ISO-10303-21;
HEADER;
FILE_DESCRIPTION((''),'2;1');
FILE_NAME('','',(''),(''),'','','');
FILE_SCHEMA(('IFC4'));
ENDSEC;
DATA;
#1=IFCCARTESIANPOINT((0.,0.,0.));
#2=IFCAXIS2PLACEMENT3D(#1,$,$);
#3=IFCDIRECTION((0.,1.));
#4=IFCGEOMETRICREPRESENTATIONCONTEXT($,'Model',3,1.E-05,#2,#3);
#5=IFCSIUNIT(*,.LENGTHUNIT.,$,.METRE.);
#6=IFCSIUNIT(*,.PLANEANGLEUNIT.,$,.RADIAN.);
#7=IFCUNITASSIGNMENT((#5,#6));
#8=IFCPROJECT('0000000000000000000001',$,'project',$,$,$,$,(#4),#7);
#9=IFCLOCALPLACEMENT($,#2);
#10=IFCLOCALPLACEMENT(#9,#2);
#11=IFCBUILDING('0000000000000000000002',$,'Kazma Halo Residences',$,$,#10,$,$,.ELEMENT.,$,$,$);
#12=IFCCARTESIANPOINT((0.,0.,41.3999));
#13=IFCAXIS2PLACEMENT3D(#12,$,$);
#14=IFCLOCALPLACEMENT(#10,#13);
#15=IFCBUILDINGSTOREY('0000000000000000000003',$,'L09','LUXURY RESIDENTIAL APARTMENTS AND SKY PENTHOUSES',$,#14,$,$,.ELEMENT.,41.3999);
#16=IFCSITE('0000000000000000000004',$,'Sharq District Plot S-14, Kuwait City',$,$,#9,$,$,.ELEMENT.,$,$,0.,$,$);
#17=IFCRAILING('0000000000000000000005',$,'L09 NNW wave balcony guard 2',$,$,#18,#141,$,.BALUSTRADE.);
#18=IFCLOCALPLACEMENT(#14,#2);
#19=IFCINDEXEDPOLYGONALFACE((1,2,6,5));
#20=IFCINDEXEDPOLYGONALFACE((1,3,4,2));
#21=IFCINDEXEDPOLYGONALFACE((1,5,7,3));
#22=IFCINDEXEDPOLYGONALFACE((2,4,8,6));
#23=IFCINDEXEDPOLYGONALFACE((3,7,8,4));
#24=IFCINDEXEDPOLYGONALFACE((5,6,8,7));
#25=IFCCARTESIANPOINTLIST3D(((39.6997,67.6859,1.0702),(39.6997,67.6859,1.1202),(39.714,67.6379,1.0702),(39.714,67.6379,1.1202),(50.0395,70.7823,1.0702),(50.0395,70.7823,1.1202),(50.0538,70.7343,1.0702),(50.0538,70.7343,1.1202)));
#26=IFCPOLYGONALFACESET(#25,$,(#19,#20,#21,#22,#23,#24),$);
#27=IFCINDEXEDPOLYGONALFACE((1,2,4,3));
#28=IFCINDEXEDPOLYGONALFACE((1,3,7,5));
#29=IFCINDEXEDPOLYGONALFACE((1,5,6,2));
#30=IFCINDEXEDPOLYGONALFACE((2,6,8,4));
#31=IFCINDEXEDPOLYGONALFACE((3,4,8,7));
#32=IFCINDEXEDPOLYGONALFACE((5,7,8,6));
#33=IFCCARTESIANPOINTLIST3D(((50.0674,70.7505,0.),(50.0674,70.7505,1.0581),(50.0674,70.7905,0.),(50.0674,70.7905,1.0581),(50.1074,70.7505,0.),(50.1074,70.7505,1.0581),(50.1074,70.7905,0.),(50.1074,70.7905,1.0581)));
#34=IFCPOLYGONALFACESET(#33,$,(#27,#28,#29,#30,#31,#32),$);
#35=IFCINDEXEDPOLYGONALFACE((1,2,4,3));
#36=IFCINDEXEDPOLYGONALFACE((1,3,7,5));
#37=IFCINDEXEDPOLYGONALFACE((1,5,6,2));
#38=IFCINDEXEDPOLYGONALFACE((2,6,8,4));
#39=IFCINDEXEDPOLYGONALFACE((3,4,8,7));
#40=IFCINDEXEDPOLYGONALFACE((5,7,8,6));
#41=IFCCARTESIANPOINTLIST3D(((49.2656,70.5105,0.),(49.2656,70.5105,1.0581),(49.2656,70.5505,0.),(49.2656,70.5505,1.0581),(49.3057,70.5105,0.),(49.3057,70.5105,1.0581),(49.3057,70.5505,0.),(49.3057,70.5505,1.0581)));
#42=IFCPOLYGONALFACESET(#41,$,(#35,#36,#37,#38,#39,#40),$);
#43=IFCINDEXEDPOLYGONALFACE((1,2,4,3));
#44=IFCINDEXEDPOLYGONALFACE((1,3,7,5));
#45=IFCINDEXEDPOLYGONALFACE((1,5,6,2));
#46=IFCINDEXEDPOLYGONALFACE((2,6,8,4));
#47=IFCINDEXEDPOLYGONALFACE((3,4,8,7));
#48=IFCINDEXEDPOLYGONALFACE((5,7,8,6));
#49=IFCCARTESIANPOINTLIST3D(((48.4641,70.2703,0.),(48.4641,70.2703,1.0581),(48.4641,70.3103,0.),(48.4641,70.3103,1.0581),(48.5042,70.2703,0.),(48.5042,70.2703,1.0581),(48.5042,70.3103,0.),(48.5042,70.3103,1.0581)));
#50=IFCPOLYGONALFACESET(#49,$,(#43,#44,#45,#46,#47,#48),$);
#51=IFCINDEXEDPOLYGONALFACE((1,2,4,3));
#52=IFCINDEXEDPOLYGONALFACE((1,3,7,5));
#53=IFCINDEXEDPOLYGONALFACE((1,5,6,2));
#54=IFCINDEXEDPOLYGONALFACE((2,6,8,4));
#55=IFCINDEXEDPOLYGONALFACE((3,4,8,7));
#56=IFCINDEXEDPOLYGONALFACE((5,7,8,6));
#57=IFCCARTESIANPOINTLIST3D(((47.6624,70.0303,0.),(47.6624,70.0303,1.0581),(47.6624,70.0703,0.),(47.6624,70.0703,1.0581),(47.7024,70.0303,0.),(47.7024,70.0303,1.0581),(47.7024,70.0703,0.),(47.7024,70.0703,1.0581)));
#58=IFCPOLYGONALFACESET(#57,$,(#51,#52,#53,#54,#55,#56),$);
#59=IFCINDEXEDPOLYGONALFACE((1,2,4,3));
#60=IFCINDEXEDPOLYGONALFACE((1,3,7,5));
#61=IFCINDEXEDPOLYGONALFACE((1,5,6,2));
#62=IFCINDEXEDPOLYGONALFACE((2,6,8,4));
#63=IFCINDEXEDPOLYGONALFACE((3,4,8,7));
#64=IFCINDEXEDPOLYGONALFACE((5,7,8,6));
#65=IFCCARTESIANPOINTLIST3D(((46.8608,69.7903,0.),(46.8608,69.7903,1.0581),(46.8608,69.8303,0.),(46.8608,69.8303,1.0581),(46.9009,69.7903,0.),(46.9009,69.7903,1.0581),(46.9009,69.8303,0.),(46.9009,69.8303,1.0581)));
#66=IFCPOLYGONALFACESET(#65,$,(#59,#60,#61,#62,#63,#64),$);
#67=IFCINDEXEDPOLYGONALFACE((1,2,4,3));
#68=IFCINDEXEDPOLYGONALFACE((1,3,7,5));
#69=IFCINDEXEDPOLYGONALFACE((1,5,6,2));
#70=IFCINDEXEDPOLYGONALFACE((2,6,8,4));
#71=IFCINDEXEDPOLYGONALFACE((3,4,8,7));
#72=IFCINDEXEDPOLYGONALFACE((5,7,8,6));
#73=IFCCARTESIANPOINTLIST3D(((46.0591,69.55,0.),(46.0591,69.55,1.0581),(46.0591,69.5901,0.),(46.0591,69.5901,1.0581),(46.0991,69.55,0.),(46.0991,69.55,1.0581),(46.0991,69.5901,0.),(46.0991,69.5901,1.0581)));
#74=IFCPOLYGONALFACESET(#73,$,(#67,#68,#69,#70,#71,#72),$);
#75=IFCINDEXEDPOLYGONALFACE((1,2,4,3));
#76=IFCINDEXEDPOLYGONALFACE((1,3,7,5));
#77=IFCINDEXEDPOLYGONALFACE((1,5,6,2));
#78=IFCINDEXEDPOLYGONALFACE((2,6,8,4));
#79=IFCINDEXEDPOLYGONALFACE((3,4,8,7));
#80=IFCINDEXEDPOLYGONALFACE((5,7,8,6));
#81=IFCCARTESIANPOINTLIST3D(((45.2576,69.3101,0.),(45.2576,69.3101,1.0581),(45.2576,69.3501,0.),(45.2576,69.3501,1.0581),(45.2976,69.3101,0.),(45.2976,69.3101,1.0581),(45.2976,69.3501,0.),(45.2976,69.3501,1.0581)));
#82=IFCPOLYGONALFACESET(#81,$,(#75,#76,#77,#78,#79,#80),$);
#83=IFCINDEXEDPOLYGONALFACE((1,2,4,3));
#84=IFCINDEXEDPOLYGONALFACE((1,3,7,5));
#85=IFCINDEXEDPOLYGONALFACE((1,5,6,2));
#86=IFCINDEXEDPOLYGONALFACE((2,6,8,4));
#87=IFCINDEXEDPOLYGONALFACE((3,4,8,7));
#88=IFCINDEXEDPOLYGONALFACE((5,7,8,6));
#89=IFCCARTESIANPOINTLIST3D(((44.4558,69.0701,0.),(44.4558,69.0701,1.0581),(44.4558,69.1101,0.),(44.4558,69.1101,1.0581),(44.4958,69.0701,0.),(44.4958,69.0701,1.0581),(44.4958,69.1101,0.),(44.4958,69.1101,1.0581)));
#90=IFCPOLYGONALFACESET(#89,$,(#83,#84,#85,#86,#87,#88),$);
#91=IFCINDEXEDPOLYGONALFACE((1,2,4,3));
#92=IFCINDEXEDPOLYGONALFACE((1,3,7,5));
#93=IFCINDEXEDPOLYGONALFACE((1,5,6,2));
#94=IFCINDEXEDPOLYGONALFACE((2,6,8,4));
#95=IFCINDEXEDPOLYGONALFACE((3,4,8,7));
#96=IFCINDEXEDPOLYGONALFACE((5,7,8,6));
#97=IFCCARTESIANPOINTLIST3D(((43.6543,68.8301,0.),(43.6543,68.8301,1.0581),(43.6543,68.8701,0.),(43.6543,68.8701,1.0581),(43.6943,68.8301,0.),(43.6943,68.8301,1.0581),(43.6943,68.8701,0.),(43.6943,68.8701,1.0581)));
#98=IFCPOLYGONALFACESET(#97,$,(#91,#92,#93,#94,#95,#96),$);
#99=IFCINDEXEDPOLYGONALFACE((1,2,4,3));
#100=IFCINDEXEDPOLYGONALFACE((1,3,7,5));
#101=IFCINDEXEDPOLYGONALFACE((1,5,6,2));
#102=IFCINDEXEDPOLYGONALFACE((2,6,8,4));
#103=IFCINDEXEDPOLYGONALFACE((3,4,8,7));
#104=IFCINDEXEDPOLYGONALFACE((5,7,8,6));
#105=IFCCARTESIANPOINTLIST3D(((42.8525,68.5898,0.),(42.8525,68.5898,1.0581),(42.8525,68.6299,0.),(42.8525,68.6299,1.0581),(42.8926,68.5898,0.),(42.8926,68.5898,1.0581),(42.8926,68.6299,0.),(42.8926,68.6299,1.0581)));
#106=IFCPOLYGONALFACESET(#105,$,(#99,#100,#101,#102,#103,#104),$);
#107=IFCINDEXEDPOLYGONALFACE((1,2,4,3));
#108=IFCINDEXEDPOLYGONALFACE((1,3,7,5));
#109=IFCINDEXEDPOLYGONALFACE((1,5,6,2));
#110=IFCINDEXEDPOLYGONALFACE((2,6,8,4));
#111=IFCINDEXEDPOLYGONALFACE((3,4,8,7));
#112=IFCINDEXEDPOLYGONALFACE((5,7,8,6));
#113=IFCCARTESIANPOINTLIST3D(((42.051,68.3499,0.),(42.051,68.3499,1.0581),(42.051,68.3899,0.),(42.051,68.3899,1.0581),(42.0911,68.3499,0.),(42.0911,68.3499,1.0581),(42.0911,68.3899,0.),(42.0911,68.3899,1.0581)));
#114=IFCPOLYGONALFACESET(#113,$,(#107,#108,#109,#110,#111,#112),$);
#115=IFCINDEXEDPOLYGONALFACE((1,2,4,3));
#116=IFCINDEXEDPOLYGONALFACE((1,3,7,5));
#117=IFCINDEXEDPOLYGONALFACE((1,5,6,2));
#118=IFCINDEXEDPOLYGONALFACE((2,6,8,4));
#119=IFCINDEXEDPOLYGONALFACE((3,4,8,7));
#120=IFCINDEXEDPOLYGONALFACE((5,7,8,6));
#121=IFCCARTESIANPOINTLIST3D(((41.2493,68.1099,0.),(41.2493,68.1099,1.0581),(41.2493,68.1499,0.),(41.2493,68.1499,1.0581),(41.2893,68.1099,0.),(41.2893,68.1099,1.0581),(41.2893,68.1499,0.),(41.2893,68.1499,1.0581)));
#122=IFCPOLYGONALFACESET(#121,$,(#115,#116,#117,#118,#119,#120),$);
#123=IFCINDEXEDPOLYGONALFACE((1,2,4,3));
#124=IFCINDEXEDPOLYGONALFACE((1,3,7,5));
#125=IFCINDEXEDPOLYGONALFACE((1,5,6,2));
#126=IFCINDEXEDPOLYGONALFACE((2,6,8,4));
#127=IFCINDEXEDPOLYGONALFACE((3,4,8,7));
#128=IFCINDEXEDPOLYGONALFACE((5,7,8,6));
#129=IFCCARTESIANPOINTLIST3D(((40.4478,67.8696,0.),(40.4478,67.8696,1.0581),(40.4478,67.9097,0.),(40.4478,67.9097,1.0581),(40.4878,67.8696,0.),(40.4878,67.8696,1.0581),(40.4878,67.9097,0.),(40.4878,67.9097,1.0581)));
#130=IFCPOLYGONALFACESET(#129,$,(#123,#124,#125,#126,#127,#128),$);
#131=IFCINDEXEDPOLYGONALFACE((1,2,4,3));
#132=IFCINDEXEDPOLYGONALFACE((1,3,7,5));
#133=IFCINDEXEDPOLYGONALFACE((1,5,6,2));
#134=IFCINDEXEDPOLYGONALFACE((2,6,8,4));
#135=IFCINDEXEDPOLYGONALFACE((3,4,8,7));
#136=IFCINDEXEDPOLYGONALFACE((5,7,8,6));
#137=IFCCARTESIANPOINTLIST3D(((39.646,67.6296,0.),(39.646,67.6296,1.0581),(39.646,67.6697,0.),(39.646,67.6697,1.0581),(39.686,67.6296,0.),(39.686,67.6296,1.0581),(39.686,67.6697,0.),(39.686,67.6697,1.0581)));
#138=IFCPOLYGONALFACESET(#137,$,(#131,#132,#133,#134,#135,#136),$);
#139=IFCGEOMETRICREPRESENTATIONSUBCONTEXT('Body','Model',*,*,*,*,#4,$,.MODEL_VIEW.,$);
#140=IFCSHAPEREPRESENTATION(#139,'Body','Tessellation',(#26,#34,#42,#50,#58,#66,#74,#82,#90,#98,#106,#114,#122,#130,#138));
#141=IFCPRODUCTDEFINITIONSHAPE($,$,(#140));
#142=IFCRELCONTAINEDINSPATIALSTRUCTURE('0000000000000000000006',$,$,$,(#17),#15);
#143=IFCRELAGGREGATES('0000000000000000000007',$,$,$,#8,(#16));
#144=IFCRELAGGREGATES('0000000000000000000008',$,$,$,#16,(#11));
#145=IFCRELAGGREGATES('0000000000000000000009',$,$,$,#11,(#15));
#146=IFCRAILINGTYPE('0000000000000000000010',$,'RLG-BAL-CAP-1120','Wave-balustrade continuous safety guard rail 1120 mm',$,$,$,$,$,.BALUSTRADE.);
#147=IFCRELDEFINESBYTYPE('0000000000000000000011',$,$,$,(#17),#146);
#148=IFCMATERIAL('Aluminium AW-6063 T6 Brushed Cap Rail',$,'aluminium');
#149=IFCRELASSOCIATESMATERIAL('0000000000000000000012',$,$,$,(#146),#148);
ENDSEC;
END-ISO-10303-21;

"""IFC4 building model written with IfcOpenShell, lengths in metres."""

from ifc_helpers import new_model, si_unit, direction, frame, origin, origin_2d, place, context, subcontext, project, spatial, rectangle, extrude, material, type_object, element, save


model = new_model("IFC4")

# Units and contexts
model_context = context("Model", 3, precision=1e-05, world=origin(), true_north=direction((0.0, 1.0)))
body_context = subcontext(model_context, "Body", "Model", "MODEL_VIEW")
ifc_project = project(units=[si_unit("LENGTHUNIT", "METRE"), si_unit("PLANEANGLEUNIT", "RADIAN")], contexts=[model_context])

# Site, building, storey
site_placement = place(None, origin())
site = spatial("IfcSite", under=ifc_project, at=site_placement, Name="Sharq District Plot S-14, Kuwait City", CompositionType="ELEMENT", RefElevation=0.0)
building_placement = place(site_placement, origin())
building = spatial("IfcBuilding", under=site, at=building_placement, Name="Kazma Halo Residences", CompositionType="ELEMENT")
storey_placement = place(building_placement, frame((0.0, 0.0, 41.3999)))
storey = spatial("IfcBuildingStorey", under=building, at=storey_placement, Name="L09", Description="LUXURY RESIDENTIAL APARTMENTS AND SKY PENTHOUSES", CompositionType="ELEMENT", Elevation=41.3999)

# Railing
ifc_material_1 = material(Name="Aluminium AW-6063 T6 Brushed Cap Rail", Category="aluminium")
railing_type = type_object("IfcRailingType", Name="RLG-BAL-CAP-1120", Description="Wave-balustrade continuous safety guard rail 1120 mm", PredefinedType="BALUSTRADE", material=ifc_material_1)
railing_1_placement = place(storey_placement, frame((50.0874, 70.7705, 0.0)))
element("IfcRailing", 1, at=railing_1_placement, inside=storey, type_object=railing_type, Name="L09 NNW wave balcony guard 2", PredefinedType="BALUSTRADE", context=body_context, shape_type="SweptSolid", body=[
    extrude(rectangle(XDim=0.05, YDim=0.05, at=origin_2d()), frame((-0.0408, -0.0122, 1.0952), z_axis=(-0.957967, -0.286878, 0.0), x_axis=(0.286878, -0.957967, 0.0)), (0.0, 0.0, 1.0), 10.7935),
    extrude(rectangle(XDim=0.04, YDim=0.04, at=origin_2d()), origin(), (0.0, 0.0, 1.0), 1.0581),
    extrude(rectangle(XDim=0.04, YDim=0.04, at=origin_2d()), frame((-0.8018, -0.24, 0.0)), (0.0, 0.0, 1.0), 1.0581),
    extrude(rectangle(XDim=0.04, YDim=0.04, at=origin_2d()), frame((-1.6033, -0.4802, 0.0)), (0.0, 0.0, 1.0), 1.0581),
    extrude(rectangle(XDim=0.04, YDim=0.04, at=origin_2d()), frame((-2.405, -0.7202, 0.0)), (0.0, 0.0, 1.0), 1.0581),
    extrude(rectangle(XDim=0.04, YDim=0.04, at=origin_2d()), frame((-3.2065, -0.9602, 0.0)), (0.0, 0.0, 1.0), 1.0581),
    extrude(rectangle(XDim=0.04, YDim=0.04, at=origin_2d()), frame((-4.0083, -1.2004, 0.0)), (0.0, 0.0, 1.0), 1.0581),
    extrude(rectangle(XDim=0.04, YDim=0.04, at=origin_2d()), frame((-4.8098, -1.4404, 0.0)), (0.0, 0.0, 1.0), 1.0581),
    extrude(rectangle(XDim=0.04, YDim=0.04, at=origin_2d()), frame((-5.6116, -1.6804, 0.0)), (0.0, 0.0, 1.0), 1.0581),
    extrude(rectangle(XDim=0.04, YDim=0.04, at=origin_2d()), frame((-6.4131, -1.9204, 0.0)), (0.0, 0.0, 1.0), 1.0581),
    extrude(rectangle(XDim=0.04, YDim=0.04, at=origin_2d()), frame((-7.2148, -2.1606, 0.0)), (0.0, 0.0, 1.0), 1.0581),
    extrude(rectangle(XDim=0.04, YDim=0.04, at=origin_2d()), frame((-8.0164, -2.4006, 0.0)), (0.0, 0.0, 1.0), 1.0581),
    extrude(rectangle(XDim=0.04, YDim=0.04, at=origin_2d()), frame((-8.8181, -2.6406, 0.0)), (0.0, 0.0, 1.0), 1.0581),
    extrude(rectangle(XDim=0.04, YDim=0.04, at=origin_2d()), frame((-9.6196, -2.8809, 0.0)), (0.0, 0.0, 1.0), 1.0581),
    extrude(rectangle(XDim=0.04, YDim=0.04, at=origin_2d()), frame((-10.4214, -3.1208, 0.0)), (0.0, 0.0, 1.0), 1.0581),
])

save(model, "model.ifc")
